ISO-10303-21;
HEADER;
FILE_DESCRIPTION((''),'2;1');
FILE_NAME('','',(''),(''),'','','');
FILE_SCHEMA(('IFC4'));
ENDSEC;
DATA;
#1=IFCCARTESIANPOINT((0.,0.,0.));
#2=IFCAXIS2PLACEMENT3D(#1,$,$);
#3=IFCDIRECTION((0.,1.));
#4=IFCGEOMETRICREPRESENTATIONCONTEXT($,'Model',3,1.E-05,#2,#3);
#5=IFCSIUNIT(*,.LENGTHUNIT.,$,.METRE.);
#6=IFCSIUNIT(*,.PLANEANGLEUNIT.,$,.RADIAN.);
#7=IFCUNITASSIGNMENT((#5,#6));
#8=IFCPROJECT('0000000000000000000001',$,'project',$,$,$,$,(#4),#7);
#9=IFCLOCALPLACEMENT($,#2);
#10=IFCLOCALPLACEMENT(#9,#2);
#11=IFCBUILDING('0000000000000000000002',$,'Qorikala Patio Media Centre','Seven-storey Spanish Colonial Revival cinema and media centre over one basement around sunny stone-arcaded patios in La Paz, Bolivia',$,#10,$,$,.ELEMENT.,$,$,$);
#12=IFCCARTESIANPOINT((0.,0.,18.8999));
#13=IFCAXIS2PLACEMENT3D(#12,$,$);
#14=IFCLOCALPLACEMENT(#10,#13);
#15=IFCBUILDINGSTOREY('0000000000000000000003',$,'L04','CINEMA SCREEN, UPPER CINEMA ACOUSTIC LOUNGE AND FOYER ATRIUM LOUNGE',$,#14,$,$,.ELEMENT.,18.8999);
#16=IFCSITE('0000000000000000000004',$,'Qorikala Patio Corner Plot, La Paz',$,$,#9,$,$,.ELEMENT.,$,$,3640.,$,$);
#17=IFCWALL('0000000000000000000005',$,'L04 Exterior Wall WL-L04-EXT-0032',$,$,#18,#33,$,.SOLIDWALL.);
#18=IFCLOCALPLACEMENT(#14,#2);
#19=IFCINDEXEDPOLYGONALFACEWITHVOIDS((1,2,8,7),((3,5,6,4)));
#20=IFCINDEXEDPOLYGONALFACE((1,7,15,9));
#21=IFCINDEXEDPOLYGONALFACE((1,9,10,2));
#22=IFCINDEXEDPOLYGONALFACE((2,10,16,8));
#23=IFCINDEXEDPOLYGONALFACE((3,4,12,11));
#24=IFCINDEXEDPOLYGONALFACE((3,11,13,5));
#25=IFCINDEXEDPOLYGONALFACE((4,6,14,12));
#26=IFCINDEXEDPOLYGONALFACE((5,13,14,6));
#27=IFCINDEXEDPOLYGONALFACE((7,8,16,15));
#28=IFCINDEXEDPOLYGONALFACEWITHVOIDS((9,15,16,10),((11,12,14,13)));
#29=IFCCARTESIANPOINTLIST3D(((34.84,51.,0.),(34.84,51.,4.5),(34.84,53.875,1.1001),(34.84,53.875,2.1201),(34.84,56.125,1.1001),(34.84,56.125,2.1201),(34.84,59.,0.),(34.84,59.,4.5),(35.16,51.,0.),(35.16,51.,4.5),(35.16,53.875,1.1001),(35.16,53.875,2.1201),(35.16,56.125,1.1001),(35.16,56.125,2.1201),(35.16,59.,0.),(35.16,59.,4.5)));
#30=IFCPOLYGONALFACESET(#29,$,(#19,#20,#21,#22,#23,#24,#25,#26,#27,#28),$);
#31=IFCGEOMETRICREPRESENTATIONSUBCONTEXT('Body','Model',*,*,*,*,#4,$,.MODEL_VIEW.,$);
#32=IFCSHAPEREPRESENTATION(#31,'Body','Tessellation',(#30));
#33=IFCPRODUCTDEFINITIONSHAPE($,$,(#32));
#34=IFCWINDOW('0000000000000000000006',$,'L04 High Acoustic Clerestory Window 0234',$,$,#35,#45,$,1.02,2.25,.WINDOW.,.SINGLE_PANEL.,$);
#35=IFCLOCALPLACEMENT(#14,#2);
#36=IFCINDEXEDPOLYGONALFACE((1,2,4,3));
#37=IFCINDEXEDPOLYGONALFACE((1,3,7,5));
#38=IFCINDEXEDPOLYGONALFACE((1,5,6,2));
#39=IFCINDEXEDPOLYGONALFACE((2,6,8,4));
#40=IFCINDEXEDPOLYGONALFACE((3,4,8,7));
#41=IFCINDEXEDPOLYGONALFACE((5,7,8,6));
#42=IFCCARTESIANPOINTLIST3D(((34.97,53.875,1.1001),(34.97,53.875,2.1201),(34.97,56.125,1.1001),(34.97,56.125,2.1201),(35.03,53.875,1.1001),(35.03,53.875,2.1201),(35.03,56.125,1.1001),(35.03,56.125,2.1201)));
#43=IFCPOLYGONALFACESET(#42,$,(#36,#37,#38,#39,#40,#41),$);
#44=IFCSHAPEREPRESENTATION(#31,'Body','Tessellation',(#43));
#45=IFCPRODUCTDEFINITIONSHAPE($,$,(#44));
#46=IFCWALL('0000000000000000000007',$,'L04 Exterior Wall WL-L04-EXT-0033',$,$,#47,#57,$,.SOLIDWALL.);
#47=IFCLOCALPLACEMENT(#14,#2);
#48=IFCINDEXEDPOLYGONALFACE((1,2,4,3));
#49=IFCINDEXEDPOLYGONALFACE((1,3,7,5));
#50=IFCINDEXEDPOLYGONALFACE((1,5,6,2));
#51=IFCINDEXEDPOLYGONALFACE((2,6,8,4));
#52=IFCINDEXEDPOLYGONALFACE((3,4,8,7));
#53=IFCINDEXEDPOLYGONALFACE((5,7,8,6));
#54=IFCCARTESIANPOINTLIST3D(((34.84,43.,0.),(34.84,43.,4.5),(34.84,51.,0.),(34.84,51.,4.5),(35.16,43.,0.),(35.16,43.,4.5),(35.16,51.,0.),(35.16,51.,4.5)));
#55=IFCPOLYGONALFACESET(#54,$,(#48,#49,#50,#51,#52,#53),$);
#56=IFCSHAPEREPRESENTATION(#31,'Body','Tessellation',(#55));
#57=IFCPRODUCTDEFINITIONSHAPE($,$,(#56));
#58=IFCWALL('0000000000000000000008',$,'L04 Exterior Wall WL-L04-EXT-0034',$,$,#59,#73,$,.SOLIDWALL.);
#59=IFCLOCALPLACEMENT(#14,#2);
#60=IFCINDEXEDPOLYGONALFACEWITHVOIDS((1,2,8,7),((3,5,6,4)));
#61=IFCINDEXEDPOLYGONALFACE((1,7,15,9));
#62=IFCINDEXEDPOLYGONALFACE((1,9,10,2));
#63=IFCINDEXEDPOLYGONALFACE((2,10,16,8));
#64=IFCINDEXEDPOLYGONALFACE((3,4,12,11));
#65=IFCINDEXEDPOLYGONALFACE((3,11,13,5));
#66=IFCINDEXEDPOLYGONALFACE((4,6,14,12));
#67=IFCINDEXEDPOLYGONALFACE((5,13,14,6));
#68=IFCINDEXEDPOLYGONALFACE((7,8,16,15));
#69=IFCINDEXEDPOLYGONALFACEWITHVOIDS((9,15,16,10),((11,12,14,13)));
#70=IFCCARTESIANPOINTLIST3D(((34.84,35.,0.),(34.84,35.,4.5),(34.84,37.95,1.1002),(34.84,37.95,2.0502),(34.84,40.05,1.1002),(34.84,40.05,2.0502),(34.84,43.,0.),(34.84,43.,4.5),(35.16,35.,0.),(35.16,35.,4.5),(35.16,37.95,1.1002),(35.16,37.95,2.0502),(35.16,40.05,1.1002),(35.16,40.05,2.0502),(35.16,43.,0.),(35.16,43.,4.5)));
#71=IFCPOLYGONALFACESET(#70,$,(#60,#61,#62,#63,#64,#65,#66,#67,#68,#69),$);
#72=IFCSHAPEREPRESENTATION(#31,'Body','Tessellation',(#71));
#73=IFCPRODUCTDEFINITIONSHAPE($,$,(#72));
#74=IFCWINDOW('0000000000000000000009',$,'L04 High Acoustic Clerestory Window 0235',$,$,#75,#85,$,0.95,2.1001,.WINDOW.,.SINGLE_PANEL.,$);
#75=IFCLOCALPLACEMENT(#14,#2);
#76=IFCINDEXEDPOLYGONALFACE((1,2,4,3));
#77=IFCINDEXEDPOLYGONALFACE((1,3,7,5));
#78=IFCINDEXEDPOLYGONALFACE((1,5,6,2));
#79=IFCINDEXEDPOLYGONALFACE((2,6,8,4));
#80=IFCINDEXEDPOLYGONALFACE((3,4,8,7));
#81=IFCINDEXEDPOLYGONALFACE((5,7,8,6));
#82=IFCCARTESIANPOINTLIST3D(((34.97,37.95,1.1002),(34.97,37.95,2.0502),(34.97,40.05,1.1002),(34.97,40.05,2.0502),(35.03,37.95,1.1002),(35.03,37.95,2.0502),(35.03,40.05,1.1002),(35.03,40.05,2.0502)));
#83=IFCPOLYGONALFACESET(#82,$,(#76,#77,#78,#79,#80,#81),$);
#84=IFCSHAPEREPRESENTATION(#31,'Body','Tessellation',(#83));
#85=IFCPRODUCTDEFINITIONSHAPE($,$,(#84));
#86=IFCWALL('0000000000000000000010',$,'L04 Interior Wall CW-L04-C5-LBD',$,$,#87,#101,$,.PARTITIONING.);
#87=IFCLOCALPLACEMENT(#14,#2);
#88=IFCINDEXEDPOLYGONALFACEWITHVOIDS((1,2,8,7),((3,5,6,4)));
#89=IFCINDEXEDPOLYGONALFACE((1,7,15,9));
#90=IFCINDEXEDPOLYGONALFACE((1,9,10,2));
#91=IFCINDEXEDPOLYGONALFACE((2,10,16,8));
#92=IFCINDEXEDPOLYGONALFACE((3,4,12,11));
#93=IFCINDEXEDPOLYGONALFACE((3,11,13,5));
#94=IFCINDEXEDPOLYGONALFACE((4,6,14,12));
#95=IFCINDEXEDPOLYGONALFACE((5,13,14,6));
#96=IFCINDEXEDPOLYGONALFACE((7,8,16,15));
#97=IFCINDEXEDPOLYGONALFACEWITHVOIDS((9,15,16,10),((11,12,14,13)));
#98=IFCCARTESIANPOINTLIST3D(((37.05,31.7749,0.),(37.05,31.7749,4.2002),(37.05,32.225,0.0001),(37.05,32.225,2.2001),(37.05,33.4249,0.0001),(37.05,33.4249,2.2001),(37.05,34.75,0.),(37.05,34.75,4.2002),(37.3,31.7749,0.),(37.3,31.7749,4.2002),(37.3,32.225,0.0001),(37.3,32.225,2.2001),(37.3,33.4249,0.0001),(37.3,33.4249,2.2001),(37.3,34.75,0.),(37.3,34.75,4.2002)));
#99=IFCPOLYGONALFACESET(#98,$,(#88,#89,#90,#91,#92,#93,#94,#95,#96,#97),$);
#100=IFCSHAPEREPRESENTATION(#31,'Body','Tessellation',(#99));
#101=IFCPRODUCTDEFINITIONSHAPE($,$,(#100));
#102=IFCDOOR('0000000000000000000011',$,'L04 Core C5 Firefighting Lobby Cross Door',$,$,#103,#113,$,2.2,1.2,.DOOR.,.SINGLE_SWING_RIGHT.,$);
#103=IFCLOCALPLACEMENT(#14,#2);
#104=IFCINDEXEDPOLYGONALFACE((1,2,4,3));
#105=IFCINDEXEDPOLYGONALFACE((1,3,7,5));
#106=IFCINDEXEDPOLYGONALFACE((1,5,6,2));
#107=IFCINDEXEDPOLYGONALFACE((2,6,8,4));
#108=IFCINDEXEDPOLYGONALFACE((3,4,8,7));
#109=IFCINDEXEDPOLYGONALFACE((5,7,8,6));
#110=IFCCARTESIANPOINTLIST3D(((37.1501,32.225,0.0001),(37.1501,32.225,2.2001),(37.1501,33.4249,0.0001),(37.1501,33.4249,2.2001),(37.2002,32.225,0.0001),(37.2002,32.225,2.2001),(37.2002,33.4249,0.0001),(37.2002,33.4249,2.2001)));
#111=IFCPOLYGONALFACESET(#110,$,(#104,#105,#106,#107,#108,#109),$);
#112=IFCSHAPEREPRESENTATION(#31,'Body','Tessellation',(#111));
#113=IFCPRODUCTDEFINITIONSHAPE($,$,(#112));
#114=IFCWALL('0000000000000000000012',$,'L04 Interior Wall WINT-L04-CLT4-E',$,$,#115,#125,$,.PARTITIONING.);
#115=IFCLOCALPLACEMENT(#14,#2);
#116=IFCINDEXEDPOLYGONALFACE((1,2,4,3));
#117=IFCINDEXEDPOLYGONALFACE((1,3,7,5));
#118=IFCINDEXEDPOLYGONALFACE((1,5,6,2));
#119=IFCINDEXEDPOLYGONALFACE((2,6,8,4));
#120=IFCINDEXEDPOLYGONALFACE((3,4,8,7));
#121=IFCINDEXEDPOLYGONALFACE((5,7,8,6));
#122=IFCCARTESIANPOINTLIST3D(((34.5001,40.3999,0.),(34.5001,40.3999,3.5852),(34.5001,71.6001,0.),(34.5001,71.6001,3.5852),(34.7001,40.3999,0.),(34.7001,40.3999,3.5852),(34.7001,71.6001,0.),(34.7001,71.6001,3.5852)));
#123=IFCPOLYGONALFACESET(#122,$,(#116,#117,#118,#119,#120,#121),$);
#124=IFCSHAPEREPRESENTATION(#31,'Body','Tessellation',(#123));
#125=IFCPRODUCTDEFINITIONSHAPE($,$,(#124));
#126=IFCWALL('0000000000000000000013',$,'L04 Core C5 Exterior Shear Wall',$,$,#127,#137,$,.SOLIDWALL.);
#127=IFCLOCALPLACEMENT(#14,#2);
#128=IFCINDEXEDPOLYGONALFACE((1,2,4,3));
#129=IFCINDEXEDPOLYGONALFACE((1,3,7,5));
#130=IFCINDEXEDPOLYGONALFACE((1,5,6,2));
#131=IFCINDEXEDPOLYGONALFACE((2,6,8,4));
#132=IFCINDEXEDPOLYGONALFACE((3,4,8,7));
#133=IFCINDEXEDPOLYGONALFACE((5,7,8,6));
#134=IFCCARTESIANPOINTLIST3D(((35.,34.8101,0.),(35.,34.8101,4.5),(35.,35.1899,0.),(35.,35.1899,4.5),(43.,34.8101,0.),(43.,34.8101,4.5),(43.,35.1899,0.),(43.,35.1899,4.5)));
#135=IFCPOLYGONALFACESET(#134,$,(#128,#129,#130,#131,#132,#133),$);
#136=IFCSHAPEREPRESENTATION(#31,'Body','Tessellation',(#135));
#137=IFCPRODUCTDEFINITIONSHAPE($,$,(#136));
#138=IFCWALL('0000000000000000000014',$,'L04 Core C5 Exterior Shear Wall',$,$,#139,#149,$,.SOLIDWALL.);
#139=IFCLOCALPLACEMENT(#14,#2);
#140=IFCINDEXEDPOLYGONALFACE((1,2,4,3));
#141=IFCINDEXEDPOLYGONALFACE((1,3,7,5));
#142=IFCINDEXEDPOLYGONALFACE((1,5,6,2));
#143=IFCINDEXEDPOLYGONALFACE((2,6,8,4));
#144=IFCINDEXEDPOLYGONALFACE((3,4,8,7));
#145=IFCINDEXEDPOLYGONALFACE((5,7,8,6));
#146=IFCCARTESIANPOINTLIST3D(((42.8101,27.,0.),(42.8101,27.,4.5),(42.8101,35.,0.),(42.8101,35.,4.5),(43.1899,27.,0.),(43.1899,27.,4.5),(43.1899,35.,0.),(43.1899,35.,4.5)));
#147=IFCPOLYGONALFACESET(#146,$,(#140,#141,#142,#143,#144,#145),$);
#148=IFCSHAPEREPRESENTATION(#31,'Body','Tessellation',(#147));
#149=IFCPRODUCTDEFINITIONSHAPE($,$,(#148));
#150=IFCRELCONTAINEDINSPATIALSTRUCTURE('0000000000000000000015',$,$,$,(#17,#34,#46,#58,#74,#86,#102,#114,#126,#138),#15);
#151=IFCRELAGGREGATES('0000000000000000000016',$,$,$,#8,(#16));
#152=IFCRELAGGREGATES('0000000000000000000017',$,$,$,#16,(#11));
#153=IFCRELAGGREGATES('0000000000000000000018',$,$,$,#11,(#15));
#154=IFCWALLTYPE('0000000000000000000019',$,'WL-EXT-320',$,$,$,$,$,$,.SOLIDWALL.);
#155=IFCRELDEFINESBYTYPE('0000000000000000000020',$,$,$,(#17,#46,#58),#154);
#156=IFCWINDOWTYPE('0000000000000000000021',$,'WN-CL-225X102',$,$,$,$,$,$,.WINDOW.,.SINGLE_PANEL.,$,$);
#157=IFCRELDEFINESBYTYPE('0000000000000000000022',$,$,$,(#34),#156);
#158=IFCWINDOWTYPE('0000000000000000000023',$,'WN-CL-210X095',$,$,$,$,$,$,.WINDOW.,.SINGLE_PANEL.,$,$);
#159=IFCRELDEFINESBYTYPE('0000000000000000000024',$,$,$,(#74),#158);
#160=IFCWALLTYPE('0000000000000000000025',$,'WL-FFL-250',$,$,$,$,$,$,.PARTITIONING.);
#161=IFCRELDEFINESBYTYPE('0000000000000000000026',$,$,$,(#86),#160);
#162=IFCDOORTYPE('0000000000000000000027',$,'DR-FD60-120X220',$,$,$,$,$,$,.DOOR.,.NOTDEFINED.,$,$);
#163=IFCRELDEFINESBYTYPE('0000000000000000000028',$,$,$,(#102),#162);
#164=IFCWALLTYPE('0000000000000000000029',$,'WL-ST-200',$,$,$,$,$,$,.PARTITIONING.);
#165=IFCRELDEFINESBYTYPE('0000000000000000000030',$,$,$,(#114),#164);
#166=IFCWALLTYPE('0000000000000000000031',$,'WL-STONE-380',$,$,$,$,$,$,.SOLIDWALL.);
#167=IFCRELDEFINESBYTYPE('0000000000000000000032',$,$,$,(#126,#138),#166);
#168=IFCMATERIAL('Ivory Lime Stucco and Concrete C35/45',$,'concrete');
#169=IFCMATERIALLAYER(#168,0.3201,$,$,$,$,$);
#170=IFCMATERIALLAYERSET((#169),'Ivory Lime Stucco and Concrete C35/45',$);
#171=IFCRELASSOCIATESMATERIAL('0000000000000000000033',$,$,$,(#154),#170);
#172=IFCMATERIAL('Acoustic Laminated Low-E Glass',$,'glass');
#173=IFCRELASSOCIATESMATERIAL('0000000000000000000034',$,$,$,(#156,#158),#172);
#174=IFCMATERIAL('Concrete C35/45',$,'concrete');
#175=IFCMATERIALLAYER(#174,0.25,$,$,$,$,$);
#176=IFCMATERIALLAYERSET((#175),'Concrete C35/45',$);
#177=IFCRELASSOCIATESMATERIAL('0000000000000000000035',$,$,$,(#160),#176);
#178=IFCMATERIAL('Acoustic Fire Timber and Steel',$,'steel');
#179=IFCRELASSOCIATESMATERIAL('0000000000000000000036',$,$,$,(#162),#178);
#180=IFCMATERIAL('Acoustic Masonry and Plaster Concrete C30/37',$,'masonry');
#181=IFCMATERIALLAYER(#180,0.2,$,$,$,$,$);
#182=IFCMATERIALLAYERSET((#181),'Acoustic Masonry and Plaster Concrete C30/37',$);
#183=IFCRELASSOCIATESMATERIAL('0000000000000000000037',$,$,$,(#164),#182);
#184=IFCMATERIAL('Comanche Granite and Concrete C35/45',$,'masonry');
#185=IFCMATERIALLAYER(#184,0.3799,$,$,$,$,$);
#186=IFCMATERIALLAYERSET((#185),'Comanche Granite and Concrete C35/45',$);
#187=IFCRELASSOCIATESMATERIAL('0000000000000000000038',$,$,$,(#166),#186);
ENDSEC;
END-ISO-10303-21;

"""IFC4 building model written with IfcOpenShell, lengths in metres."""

from ifc_helpers import new_model, si_unit, direction, frame, frame_2d, origin, place, context, subcontext, project, spatial, rectangle, extrude, material, layer, layer_set, type_object, element, fill, save


model = new_model("IFC4")

# Units and contexts
model_context = context("Model", 3, precision=1e-05, world=origin(), true_north=direction((0.0, 1.0)))
body_context = subcontext(model_context, "Body", "Model", "MODEL_VIEW")
ifc_project = project(units=[si_unit("LENGTHUNIT", "METRE"), si_unit("PLANEANGLEUNIT", "RADIAN")], contexts=[model_context])

# Site, building, storey
site_placement = place(None, origin())
site = spatial("IfcSite", under=ifc_project, at=site_placement, Name="Qorikala Patio Corner Plot, La Paz", CompositionType="ELEMENT", RefElevation=3640.0)
building_placement = place(site_placement, origin())
building = spatial("IfcBuilding", under=site, at=building_placement, Name="Qorikala Patio Media Centre", Description="Seven-storey Spanish Colonial Revival cinema and media centre over one basement around sunny stone-arcaded patios in La Paz, Bolivia", CompositionType="ELEMENT")
storey_placement = place(building_placement, frame((0.0, 0.0, 18.8999)))
storey = spatial("IfcBuildingStorey", under=building, at=storey_placement, Name="L04", Description="CINEMA SCREEN, UPPER CINEMA ACOUSTIC LOUNGE AND FOYER ATRIUM LOUNGE", CompositionType="ELEMENT", Elevation=18.8999)

# Shared definitions
ifc_material_1 = material(Name="Concrete C35/45", Category="concrete")

# Shared definitions
ifc_material_2 = material(Name="Ivory Lime Stucco and Concrete C35/45", Category="concrete")
ifc_layer_1 = layer(ifc_material_2, 0.3201)
ifc_layer_set_1 = layer_set([ifc_layer_1], Name="Ivory Lime Stucco and Concrete C35/45")
wall_type_1 = type_object("IfcWallType", Name="WL-EXT-320", PredefinedType="SOLIDWALL", material=ifc_layer_set_1)

# Wall, opening, window
wall_1_placement = place(storey_placement, frame((35.0, 59.0, 0.0), z_axis=(0.0, 0.0, 1.0), x_axis=(0.0, -1.0, 0.0)))
wall_1 = element("IfcWall", 1, at=wall_1_placement, inside=storey, type_object=wall_type_1, Name="L04 Exterior Wall WL-L04-EXT-0032", PredefinedType="SOLIDWALL", context=body_context, shape_type="SweptSolid", body=[
    extrude(rectangle(XDim=8.0, YDim=0.3201, at=frame_2d((4.0, 0.0))), origin(), (0.0, 0.0, 1.0), 4.5),
])
opening_1_placement = place(wall_1_placement, frame((2.875, 0.0, 1.1001)))
opening_1 = element("IfcOpeningElement", 2, at=opening_1_placement, cuts=wall_1, PredefinedType="OPENING", context=body_context, shape_type="SweptSolid", body=[
    extrude(rectangle(XDim=2.25, YDim=1.02, at=frame_2d((1.125, 0.51))), frame((0.0, 0.1699, 0.0), z_axis=(0.0, -1.0, 0.0), x_axis=(1.0, 0.0, 0.0)), (0.0, 0.0, 1.0), 0.3401),
])
ifc_material_3 = material(Name="Acoustic Laminated Low-E Glass", Category="glass")
window_type_1 = type_object("IfcWindowType", Name="WN-CL-225X102", PartitioningType="SINGLE_PANEL", PredefinedType="WINDOW", material=ifc_material_3)
window_1_placement = place(opening_1_placement, origin())
window_1 = element("IfcWindow", 3, at=window_1_placement, inside=storey, type_object=window_type_1, Name="L04 High Acoustic Clerestory Window 0234", OverallHeight=1.02, OverallWidth=2.25, PartitioningType="SINGLE_PANEL", PredefinedType="WINDOW", context=body_context, shape_type="SweptSolid", body=[
    extrude(rectangle(XDim=2.25, YDim=1.02, at=frame_2d((1.125, 0.51))), frame((0.0, 0.03, 0.0), z_axis=(0.0, -1.0, 0.0), x_axis=(1.0, 0.0, 0.0)), (0.0, 0.0, 1.0), 0.0601),
])
fill(opening_1, window_1)

# Wall
wall_2_placement = place(storey_placement, frame((35.0, 51.0, 0.0), z_axis=(0.0, 0.0, 1.0), x_axis=(0.0, -1.0, 0.0)))
element("IfcWall", 4, at=wall_2_placement, inside=storey, type_object=wall_type_1, Name="L04 Exterior Wall WL-L04-EXT-0033", PredefinedType="SOLIDWALL", context=body_context, shape_type="SweptSolid", body=[
    extrude(rectangle(XDim=8.0, YDim=0.3201, at=frame_2d((4.0, 0.0))), origin(), (0.0, 0.0, 1.0), 4.5),
])

# Wall, opening, window
wall_3_placement = place(storey_placement, frame((35.0, 43.0, 0.0), z_axis=(0.0, 0.0, 1.0), x_axis=(0.0, -1.0, 0.0)))
wall_3 = element("IfcWall", 5, at=wall_3_placement, inside=storey, type_object=wall_type_1, Name="L04 Exterior Wall WL-L04-EXT-0034", PredefinedType="SOLIDWALL", context=body_context, shape_type="SweptSolid", body=[
    extrude(rectangle(XDim=8.0, YDim=0.3201, at=frame_2d((4.0, 0.0))), origin(), (0.0, 0.0, 1.0), 4.5),
])
opening_2_placement = place(wall_3_placement, frame((2.95, 0.0, 1.1001)))
opening_2 = element("IfcOpeningElement", 6, at=opening_2_placement, cuts=wall_3, PredefinedType="OPENING", context=body_context, shape_type="SweptSolid", body=[
    extrude(rectangle(XDim=2.1001, YDim=0.95, at=frame_2d((1.05, 0.4751))), frame((0.0, 0.1699, 0.0), z_axis=(0.0, -1.0, 0.0), x_axis=(1.0, 0.0, 0.0)), (0.0, 0.0, 1.0), 0.3401),
])
window_type_2 = type_object("IfcWindowType", Name="WN-CL-210X095", PartitioningType="SINGLE_PANEL", PredefinedType="WINDOW", material=ifc_material_3)
window_2_placement = place(opening_2_placement, origin())
window_2 = element("IfcWindow", 7, at=window_2_placement, inside=storey, type_object=window_type_2, Name="L04 High Acoustic Clerestory Window 0235", OverallHeight=0.95, OverallWidth=2.1001, PartitioningType="SINGLE_PANEL", PredefinedType="WINDOW", context=body_context, shape_type="SweptSolid", body=[
    extrude(rectangle(XDim=2.1001, YDim=0.95, at=frame_2d((1.05, 0.4751))), frame((0.0, 0.03, 0.0), z_axis=(0.0, -1.0, 0.0), x_axis=(1.0, 0.0, 0.0)), (0.0, 0.0, 1.0), 0.0601),
])
fill(opening_2, window_2)

# Wall, opening, door
ifc_layer_2 = layer(ifc_material_1, 0.25)
ifc_layer_set_2 = layer_set([ifc_layer_2], Name="Concrete C35/45")
wall_type_2 = type_object("IfcWallType", Name="WL-FFL-250", PredefinedType="PARTITIONING", material=ifc_layer_set_2)
wall_4_placement = place(storey_placement, frame((37.175, 31.7749, 0.0), z_axis=(0.0, 0.0, 1.0), x_axis=(0.0, 1.0, 0.0)))
wall_4 = element("IfcWall", 8, at=wall_4_placement, inside=storey, type_object=wall_type_2, Name="L04 Interior Wall CW-L04-C5-LBD", PredefinedType="PARTITIONING", context=body_context, shape_type="SweptSolid", body=[
    extrude(rectangle(XDim=2.9751, YDim=0.25, at=frame_2d((1.4875, 0.0))), origin(), (0.0, 0.0, 1.0), 4.2002),
])
opening_3_placement = place(wall_4_placement, frame((0.45, 0.0, 0.0)))
opening_3 = element("IfcOpeningElement", 9, at=opening_3_placement, cuts=wall_4, PredefinedType="OPENING", context=body_context, shape_type="SweptSolid", body=[
    extrude(rectangle(XDim=1.2, YDim=2.2, at=frame_2d((0.6001, 1.1001))), frame((0.0, 0.135, 0.0), z_axis=(0.0, -1.0, 0.0), x_axis=(1.0, 0.0, 0.0)), (0.0, 0.0, 1.0), 0.27),
])
ifc_material_4 = material(Name="Acoustic Fire Timber and Steel", Category="steel")
door_type = type_object("IfcDoorType", Name="DR-FD60-120X220", OperationType="NOTDEFINED", PredefinedType="DOOR", material=ifc_material_4)
door_placement = place(opening_3_placement, origin())
door = element("IfcDoor", 10, at=door_placement, inside=storey, type_object=door_type, Name="L04 Core C5 Firefighting Lobby Cross Door", OperationType="SINGLE_SWING_RIGHT", OverallHeight=2.2, OverallWidth=1.2, PredefinedType="DOOR", context=body_context, shape_type="SweptSolid", body=[
    extrude(rectangle(XDim=1.2, YDim=2.2, at=frame_2d((0.6001, 1.1001))), frame((0.0, 0.0249, 0.0), z_axis=(0.0, -1.0, 0.0), x_axis=(1.0, 0.0, 0.0)), (0.0, 0.0, 1.0), 0.05),
])
fill(opening_3, door)

# Walls
ifc_material_5 = material(Name="Acoustic Masonry and Plaster Concrete C30/37", Category="masonry")
ifc_layer_3 = layer(ifc_material_5, 0.2)
ifc_layer_set_3 = layer_set([ifc_layer_3], Name="Acoustic Masonry and Plaster Concrete C30/37")
wall_type_3 = type_object("IfcWallType", Name="WL-ST-200", PredefinedType="PARTITIONING", material=ifc_layer_set_3)
wall_5_placement = place(storey_placement, frame((34.6001, 40.3999, 0.0), z_axis=(0.0, 0.0, 1.0), x_axis=(0.0, 1.0, 0.0)))
element("IfcWall", 11, at=wall_5_placement, inside=storey, type_object=wall_type_3, Name="L04 Interior Wall WINT-L04-CLT4-E", PredefinedType="PARTITIONING", context=body_context, shape_type="SweptSolid", body=[
    extrude(rectangle(XDim=31.2002, YDim=0.2, at=frame_2d((15.6001, 0.0))), origin(), (0.0, 0.0, 1.0), 3.5852),
])
ifc_material_6 = material(Name="Comanche Granite and Concrete C35/45", Category="masonry")
ifc_layer_4 = layer(ifc_material_6, 0.3799)
ifc_layer_set_4 = layer_set([ifc_layer_4], Name="Comanche Granite and Concrete C35/45")
wall_type_4 = type_object("IfcWallType", Name="WL-STONE-380", PredefinedType="SOLIDWALL", material=ifc_layer_set_4)
for number, where, z_axis, x_axis, name in (
    (12, (35.0, 35.0, 0.0), (0.0, 0.0, 1.0), (1.0, 0.0, 0.0), "L04 Core C5 Exterior Shear Wall"),
    (13, (43.0, 35.0, 0.0), (0.0, 0.0, 1.0), (0.0, -1.0, 0.0), "L04 Core C5 Exterior Shear Wall"),
):
    element("IfcWall", number, at=place(storey_placement, frame(where, z_axis=z_axis, x_axis=x_axis)), inside=storey, type_object=wall_type_4, Name=name, PredefinedType="SOLIDWALL", context=body_context, shape_type="SweptSolid", body=[
        extrude(rectangle(XDim=8.0, YDim=0.3799, at=frame_2d((4.0, 0.0))), origin(), (0.0, 0.0, 1.0), 4.5),
    ])

save(model, "model.ifc")
